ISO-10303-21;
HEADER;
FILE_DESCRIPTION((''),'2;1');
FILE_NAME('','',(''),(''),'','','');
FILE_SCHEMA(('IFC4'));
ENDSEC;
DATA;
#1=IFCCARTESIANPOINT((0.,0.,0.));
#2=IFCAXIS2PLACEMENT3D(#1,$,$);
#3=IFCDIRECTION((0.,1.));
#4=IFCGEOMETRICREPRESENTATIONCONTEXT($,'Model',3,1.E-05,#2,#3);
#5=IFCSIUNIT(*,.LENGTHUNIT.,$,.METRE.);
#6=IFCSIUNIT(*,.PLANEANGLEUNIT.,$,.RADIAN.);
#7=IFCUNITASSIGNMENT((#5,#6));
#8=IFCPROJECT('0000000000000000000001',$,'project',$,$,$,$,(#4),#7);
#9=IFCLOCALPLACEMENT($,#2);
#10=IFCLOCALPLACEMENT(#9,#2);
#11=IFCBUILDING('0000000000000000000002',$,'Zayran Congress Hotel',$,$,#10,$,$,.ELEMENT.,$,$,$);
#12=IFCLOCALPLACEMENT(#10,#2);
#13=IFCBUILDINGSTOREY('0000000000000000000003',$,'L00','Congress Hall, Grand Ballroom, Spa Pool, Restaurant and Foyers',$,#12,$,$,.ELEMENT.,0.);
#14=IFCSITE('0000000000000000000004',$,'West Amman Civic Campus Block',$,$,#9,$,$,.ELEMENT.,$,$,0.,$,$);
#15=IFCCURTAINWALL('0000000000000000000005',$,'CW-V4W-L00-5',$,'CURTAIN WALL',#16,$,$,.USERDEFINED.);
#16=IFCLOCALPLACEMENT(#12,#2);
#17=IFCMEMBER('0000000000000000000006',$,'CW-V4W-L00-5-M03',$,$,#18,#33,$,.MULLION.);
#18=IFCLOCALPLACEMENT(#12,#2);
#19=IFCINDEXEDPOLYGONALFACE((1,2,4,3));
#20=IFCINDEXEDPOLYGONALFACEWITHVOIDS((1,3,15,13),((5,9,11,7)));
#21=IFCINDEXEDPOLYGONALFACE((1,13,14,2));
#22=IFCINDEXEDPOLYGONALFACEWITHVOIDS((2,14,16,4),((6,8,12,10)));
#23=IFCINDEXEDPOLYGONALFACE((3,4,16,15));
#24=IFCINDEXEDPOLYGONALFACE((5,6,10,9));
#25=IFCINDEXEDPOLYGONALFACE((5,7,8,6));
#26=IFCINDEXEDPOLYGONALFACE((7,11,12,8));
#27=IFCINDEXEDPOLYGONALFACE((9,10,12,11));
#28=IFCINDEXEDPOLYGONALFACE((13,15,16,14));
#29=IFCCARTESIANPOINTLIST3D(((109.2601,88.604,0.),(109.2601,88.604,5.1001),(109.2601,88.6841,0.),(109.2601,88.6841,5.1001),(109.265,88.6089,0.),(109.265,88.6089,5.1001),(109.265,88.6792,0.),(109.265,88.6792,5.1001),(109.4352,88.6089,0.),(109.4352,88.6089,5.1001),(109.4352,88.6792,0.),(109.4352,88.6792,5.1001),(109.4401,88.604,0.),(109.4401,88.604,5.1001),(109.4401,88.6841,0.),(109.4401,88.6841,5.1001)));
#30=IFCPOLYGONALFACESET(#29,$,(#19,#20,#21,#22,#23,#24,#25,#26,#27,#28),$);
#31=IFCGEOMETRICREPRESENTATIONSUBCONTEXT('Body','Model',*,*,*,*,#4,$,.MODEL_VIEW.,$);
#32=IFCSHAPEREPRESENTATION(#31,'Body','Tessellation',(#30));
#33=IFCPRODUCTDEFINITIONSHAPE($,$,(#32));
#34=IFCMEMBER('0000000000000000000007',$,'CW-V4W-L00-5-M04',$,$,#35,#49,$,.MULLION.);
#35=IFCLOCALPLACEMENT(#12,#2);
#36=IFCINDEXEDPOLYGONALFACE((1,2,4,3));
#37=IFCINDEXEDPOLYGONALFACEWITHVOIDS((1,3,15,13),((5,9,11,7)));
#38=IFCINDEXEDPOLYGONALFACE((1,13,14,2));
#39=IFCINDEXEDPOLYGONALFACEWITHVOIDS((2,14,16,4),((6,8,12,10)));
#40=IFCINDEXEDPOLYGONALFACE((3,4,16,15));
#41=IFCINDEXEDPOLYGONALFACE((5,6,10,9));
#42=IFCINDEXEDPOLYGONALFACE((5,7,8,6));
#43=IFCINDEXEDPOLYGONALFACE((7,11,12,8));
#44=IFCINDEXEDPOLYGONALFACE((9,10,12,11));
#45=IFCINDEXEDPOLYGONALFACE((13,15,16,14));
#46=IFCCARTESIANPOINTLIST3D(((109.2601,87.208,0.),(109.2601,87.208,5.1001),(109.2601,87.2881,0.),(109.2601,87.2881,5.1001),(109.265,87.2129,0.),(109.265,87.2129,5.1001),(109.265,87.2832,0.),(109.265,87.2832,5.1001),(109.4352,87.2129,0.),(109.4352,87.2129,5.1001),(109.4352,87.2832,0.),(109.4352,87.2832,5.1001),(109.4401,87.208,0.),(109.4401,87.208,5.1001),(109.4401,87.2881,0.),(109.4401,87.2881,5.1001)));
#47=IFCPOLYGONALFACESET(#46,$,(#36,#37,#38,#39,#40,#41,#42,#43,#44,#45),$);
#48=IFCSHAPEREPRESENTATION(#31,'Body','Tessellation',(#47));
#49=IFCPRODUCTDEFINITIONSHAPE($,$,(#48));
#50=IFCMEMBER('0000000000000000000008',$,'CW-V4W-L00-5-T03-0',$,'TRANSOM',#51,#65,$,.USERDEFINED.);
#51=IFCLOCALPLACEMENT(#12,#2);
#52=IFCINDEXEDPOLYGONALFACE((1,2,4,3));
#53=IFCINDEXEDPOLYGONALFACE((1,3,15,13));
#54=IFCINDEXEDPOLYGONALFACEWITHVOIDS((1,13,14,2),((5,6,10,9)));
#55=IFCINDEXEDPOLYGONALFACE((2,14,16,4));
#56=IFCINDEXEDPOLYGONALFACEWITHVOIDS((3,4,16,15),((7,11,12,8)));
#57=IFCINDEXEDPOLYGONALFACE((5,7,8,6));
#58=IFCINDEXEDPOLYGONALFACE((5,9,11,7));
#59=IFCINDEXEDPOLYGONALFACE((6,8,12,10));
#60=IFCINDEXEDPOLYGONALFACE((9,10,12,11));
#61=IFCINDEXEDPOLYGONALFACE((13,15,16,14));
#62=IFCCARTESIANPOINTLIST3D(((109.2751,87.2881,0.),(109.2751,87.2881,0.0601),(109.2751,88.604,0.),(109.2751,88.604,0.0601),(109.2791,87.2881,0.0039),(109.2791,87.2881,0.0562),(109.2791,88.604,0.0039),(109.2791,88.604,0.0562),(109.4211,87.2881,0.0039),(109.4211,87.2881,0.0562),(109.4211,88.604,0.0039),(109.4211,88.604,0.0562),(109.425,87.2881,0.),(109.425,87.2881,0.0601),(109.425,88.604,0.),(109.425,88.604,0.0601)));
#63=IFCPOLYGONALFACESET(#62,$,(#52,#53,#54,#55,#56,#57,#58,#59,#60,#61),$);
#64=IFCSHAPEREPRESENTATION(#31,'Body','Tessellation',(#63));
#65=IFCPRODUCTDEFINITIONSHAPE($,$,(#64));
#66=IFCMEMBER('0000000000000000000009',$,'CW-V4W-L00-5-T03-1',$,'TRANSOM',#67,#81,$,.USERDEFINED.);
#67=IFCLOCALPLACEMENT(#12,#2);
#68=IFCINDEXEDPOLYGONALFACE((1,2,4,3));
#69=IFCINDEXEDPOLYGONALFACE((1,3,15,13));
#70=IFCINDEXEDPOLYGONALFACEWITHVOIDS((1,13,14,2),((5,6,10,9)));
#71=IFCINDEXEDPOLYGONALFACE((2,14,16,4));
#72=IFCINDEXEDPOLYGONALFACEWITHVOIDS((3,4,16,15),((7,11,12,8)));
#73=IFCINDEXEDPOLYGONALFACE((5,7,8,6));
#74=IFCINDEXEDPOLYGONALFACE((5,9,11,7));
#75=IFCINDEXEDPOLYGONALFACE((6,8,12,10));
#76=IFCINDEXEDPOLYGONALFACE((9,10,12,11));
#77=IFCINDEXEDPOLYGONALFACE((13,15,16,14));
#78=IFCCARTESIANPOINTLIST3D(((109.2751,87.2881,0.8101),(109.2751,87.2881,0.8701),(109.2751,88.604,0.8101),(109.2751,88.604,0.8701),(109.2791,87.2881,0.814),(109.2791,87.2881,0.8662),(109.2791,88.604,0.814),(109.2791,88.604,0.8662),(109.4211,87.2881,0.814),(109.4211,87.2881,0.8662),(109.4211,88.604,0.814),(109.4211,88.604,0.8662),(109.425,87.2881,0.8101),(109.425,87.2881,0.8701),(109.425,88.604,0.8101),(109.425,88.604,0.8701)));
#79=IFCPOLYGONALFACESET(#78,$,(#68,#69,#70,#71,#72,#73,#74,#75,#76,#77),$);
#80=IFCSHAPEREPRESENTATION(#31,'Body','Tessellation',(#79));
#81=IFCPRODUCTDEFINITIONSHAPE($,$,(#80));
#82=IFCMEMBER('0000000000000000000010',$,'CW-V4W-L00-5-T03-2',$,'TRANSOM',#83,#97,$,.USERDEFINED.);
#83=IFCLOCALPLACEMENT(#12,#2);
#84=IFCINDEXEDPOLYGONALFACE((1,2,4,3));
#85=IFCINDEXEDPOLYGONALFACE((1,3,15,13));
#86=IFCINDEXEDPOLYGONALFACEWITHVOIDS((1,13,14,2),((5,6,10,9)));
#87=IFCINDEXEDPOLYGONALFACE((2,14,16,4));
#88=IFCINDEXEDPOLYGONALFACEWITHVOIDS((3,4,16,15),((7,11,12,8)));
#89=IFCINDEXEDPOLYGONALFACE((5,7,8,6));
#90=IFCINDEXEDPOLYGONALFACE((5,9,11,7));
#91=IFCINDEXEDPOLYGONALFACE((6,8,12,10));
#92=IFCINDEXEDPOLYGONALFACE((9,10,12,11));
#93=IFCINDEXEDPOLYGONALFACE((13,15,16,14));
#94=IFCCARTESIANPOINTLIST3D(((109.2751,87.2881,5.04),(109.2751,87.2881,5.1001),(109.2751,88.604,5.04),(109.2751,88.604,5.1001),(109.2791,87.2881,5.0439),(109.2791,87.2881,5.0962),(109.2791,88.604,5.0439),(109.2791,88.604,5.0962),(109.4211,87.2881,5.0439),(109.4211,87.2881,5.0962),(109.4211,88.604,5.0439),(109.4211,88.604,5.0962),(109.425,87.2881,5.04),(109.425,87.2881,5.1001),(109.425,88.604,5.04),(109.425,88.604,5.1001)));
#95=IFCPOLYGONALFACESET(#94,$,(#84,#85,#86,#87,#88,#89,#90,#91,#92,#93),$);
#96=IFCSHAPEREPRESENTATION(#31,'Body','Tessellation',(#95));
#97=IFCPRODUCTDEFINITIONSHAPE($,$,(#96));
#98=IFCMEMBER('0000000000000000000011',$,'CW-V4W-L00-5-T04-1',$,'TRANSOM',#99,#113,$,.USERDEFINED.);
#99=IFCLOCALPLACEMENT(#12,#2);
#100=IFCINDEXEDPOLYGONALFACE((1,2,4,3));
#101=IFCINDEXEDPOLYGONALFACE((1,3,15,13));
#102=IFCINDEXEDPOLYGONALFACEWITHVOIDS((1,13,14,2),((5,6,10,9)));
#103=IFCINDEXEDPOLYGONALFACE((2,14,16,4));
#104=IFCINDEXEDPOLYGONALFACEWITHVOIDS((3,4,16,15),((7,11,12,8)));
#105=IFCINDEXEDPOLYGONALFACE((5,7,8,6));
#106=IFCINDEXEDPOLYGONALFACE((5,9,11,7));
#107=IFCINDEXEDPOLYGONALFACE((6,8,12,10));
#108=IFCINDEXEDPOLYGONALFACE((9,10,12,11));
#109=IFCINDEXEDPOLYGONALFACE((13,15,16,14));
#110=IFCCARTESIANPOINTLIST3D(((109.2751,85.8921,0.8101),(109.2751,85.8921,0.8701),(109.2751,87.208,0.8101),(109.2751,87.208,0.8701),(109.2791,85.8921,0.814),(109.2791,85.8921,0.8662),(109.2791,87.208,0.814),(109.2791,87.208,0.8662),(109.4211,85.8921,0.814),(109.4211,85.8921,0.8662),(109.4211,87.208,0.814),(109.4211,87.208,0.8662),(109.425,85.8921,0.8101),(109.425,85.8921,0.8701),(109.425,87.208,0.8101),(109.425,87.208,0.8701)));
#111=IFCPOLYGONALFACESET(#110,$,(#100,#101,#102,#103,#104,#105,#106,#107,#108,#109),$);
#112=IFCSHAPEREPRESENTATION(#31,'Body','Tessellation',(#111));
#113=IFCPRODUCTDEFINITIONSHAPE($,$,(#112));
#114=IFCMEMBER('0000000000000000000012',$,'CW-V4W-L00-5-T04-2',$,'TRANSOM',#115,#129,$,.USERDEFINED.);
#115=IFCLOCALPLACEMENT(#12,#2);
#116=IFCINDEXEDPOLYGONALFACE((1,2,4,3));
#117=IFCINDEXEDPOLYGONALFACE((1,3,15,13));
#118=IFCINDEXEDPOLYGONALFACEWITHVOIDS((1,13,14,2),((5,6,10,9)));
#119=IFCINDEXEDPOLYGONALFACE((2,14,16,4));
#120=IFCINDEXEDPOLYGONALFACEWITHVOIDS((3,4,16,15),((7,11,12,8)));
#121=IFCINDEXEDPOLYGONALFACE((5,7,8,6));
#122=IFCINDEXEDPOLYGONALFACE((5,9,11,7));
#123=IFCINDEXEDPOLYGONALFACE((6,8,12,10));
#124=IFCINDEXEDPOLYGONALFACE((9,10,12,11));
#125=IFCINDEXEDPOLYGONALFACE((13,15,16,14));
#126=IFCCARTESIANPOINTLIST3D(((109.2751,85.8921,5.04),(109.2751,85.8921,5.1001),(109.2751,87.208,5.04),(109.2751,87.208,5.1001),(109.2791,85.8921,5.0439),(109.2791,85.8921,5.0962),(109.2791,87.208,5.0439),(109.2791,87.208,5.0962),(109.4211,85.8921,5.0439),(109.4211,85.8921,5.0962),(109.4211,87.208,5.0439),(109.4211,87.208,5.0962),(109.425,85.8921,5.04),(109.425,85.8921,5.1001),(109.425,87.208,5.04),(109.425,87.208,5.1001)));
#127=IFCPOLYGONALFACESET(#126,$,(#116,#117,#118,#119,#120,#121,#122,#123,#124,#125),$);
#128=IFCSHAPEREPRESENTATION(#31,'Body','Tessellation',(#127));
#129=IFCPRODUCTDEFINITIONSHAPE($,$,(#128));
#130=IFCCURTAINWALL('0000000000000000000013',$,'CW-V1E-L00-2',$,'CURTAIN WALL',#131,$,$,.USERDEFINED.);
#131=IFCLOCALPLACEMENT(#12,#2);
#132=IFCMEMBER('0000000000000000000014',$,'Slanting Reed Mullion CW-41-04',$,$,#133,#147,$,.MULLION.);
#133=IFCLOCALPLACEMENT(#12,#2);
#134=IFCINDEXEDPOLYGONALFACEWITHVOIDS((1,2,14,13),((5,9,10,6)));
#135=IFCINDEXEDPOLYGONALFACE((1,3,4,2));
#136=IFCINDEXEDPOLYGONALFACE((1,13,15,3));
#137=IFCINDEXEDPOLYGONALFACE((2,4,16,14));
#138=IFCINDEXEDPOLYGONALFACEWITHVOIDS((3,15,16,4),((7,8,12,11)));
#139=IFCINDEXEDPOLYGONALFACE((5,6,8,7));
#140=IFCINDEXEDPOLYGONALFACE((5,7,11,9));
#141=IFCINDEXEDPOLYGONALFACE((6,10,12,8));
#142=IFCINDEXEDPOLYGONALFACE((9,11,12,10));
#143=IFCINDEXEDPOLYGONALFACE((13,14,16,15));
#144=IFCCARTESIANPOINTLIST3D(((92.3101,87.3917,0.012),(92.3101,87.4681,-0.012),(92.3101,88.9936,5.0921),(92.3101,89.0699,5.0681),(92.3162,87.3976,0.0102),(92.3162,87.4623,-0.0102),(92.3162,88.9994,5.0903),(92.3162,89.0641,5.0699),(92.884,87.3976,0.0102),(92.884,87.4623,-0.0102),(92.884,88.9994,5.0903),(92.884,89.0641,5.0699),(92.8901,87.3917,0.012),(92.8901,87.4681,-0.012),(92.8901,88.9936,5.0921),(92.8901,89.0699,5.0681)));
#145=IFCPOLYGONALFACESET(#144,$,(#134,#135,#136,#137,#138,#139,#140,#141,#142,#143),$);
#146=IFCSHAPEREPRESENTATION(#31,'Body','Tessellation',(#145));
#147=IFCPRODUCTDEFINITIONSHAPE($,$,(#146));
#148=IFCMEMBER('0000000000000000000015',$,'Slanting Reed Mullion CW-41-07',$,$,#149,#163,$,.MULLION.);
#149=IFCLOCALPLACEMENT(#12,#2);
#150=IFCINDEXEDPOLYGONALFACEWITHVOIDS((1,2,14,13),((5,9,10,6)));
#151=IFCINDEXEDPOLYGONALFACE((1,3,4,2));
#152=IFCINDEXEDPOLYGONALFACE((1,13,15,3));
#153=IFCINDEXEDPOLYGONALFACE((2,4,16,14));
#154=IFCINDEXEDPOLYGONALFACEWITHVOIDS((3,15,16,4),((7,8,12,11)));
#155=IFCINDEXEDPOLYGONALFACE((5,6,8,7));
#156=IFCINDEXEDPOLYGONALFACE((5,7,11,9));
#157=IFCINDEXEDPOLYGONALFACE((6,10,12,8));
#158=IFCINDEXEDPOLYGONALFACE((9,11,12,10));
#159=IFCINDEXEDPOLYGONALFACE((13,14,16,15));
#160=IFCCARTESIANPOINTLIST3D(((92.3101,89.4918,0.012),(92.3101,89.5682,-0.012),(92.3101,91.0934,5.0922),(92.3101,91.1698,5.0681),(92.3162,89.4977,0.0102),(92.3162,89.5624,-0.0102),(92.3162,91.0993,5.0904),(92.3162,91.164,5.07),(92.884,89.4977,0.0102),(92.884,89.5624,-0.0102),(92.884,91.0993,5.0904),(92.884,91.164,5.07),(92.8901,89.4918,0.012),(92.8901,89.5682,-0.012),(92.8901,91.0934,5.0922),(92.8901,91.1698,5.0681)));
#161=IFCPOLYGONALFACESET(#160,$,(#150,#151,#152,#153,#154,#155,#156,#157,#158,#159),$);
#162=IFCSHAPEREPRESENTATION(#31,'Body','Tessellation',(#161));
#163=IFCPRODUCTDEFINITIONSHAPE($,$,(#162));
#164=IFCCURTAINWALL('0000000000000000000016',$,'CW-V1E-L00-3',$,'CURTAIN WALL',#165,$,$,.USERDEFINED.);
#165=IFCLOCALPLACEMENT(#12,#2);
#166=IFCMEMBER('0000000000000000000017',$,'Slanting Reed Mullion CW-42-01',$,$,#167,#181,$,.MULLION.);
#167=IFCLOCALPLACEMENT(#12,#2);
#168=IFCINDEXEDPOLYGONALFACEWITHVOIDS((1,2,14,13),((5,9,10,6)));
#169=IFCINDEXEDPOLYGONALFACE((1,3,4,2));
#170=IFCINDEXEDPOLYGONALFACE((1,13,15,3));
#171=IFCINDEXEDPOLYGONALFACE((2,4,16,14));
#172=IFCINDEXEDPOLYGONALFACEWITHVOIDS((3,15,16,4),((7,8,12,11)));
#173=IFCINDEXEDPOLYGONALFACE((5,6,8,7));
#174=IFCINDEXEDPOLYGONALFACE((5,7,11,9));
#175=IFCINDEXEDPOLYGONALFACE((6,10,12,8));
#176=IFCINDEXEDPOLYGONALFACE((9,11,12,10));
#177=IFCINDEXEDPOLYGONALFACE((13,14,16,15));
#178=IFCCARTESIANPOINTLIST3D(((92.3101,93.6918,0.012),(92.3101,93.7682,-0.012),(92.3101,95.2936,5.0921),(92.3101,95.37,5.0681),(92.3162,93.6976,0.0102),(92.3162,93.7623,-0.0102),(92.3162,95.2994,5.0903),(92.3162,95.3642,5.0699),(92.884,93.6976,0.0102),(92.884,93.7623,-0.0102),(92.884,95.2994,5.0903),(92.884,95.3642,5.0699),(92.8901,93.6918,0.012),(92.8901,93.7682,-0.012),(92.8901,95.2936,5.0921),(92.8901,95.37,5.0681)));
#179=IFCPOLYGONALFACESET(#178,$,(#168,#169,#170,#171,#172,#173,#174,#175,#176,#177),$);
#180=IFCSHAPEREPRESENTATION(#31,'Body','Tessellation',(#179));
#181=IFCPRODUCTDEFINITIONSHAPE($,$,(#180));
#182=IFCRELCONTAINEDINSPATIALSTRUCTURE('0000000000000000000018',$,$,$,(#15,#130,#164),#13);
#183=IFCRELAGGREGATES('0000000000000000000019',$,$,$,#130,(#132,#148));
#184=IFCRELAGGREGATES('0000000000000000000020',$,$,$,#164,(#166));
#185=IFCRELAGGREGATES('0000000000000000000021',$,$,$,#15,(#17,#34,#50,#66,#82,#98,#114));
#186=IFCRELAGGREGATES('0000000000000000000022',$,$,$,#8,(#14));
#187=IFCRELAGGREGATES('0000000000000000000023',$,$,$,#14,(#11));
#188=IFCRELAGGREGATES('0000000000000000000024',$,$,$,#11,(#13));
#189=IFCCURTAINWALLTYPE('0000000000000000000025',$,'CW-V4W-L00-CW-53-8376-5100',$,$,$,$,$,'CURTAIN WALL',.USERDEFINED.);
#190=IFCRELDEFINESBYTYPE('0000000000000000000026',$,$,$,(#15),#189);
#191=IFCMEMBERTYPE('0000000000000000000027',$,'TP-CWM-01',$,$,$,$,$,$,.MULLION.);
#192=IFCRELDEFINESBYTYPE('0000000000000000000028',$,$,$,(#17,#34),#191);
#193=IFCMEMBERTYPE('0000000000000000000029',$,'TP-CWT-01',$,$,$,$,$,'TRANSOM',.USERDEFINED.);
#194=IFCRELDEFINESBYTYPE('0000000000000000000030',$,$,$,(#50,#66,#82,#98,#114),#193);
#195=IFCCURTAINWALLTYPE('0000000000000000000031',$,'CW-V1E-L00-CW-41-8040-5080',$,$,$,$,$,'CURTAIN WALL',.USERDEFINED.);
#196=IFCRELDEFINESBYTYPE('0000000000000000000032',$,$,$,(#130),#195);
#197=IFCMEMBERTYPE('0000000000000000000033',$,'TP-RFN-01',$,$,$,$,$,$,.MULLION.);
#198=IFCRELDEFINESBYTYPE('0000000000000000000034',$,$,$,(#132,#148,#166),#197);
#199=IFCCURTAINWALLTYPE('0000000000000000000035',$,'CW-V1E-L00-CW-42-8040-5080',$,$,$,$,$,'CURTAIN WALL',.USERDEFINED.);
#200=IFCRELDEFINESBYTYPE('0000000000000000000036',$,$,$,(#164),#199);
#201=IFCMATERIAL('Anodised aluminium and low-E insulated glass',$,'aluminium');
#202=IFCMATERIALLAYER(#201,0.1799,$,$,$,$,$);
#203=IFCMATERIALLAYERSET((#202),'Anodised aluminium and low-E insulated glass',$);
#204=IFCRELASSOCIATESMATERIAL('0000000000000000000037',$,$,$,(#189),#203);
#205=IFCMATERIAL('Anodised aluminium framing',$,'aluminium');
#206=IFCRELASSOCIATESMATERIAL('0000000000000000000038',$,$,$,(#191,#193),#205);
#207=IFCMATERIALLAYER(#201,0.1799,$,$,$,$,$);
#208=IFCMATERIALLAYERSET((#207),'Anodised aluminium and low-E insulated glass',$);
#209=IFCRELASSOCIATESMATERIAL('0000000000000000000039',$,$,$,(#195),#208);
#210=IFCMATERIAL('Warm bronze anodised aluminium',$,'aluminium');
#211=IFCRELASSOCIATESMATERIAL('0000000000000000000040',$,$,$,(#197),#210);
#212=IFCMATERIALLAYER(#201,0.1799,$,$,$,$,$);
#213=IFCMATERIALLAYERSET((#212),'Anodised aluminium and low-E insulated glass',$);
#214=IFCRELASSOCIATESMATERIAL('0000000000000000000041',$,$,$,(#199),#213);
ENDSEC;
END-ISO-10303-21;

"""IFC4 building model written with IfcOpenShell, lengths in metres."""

from ifc_helpers import new_model, si_unit, direction, frame, origin, origin_2d, place, context, subcontext, project, spatial, hollow_rectangle, extrude, material, layer, layer_set, material_profile, profile_set, type_object, element, aggregate, save


model = new_model("IFC4")

# Units and contexts
model_context = context("Model", 3, precision=1e-05, world=origin(), true_north=direction((0.0, 1.0)))
body_context = subcontext(model_context, "Body", "Model", "MODEL_VIEW")
ifc_project = project(units=[si_unit("LENGTHUNIT", "METRE"), si_unit("PLANEANGLEUNIT", "RADIAN")], contexts=[model_context])

# Site, building, storey
site_placement = place(None, origin())
site = spatial("IfcSite", under=ifc_project, at=site_placement, Name="West Amman Civic Campus Block", CompositionType="ELEMENT", RefElevation=0.0)
building_placement = place(site_placement, origin())
building = spatial("IfcBuilding", under=site, at=building_placement, Name="Zayran Congress Hotel", CompositionType="ELEMENT")
storey_placement = place(building_placement, origin())
storey = spatial("IfcBuildingStorey", under=building, at=storey_placement, Name="L00", Description="Congress Hall, Grand Ballroom, Spa Pool, Restaurant and Foyers", CompositionType="ELEMENT", Elevation=0.0)

# Curtain walls, members
ifc_material_1 = material(Name="Anodised aluminium and low-E insulated glass", Category="aluminium")
ifc_layer_1 = layer(ifc_material_1, 0.1799)
ifc_layer_set_1 = layer_set([ifc_layer_1], Name="Anodised aluminium and low-E insulated glass")
curtain_wall_type_1 = type_object("IfcCurtainWallType", Name="CW-V4W-L00-CW-53-8376-5100", ElementType="CURTAIN WALL", PredefinedType="USERDEFINED", material=ifc_layer_set_1)
curtain_wall_1_placement = place(storey_placement, origin())
curtain_wall_1 = element("IfcCurtainWall", 1, at=curtain_wall_1_placement, inside=storey, type_object=curtain_wall_type_1, Name="CW-V4W-L00-5", ObjectType="CURTAIN WALL", PredefinedType="USERDEFINED")
ifc_material_2 = material(Name="Anodised aluminium framing", Category="aluminium")
ifc_material_profile_1 = material_profile(ifc_material_2, hollow_rectangle(XDim=0.0801, YDim=0.1799, WallThickness=0.0049, at=origin_2d()), Name="RHS 180x80x5")
ifc_profile_set_1 = profile_set([ifc_material_profile_1], Name="Anodised aluminium framing")
member_type_1 = type_object("IfcMemberType", Name="TP-CWM-01", PredefinedType="MULLION", material=ifc_profile_set_1)
member_1_placement = place(storey_placement, frame((109.3501, 88.644, 0.0), z_axis=(0.0, 0.0, 1.0), x_axis=(0.0, 1.0, 0.0)))
member_1 = element("IfcMember", 2, at=member_1_placement, type_object=member_type_1, Name="CW-V4W-L00-5-M03", PredefinedType="MULLION", context=body_context, shape_type="SweptSolid", body=[
    extrude(hollow_rectangle(XDim=0.0801, YDim=0.1799, WallThickness=0.0049, at=origin_2d()), origin(), (0.0, 0.0, 1.0), 5.1001),
])
member_2_placement = place(storey_placement, frame((109.3501, 87.248, 0.0), z_axis=(0.0, 0.0, 1.0), x_axis=(0.0, 1.0, 0.0)))
member_2 = element("IfcMember", 3, at=member_2_placement, type_object=member_type_1, Name="CW-V4W-L00-5-M04", PredefinedType="MULLION", context=body_context, shape_type="SweptSolid", body=[
    extrude(hollow_rectangle(XDim=0.0801, YDim=0.1799, WallThickness=0.0049, at=origin_2d()), origin(), (0.0, 0.0, 1.0), 5.1001),
])
ifc_material_profile_2 = material_profile(ifc_material_2, hollow_rectangle(XDim=0.0601, YDim=0.1499, WallThickness=0.0039, at=origin_2d()), Name="RHS 150x60x4")
ifc_profile_set_2 = profile_set([ifc_material_profile_2], Name="Anodised aluminium framing")
member_type_2 = type_object("IfcMemberType", Name="TP-CWT-01", ElementType="TRANSOM", PredefinedType="USERDEFINED", material=ifc_profile_set_2)
member_3_placement = place(storey_placement, frame((109.3501, 88.604, 0.03), z_axis=(0.0, -1.0, 0.0), x_axis=(0.0, 0.0, 1.0)))
member_3 = element("IfcMember", 4, at=member_3_placement, type_object=member_type_2, Name="CW-V4W-L00-5-T03-0", ObjectType="TRANSOM", PredefinedType="USERDEFINED", context=body_context, shape_type="SweptSolid", body=[
    extrude(hollow_rectangle(XDim=0.0601, YDim=0.1499, WallThickness=0.0039, at=origin_2d()), origin(), (0.0, 0.0, 1.0), 1.3159),
])
member_4_placement = place(storey_placement, frame((109.3501, 88.604, 0.8401), z_axis=(0.0, -1.0, 0.0), x_axis=(0.0, 0.0, 1.0)))
member_4 = element("IfcMember", 5, at=member_4_placement, type_object=member_type_2, Name="CW-V4W-L00-5-T03-1", ObjectType="TRANSOM", PredefinedType="USERDEFINED", context=body_context, shape_type="SweptSolid", body=[
    extrude(hollow_rectangle(XDim=0.0601, YDim=0.1499, WallThickness=0.0039, at=origin_2d()), origin(), (0.0, 0.0, 1.0), 1.3159),
])
member_5_placement = place(storey_placement, frame((109.3501, 88.604, 5.0701), z_axis=(0.0, -1.0, 0.0), x_axis=(0.0, 0.0, 1.0)))
member_5 = element("IfcMember", 6, at=member_5_placement, type_object=member_type_2, Name="CW-V4W-L00-5-T03-2", ObjectType="TRANSOM", PredefinedType="USERDEFINED", context=body_context, shape_type="SweptSolid", body=[
    extrude(hollow_rectangle(XDim=0.0601, YDim=0.1499, WallThickness=0.0039, at=origin_2d()), origin(), (0.0, 0.0, 1.0), 1.3159),
])
member_6_placement = place(storey_placement, frame((109.3501, 87.208, 0.8401), z_axis=(0.0, -1.0, 0.0), x_axis=(0.0, 0.0, 1.0)))
member_6 = element("IfcMember", 7, at=member_6_placement, type_object=member_type_2, Name="CW-V4W-L00-5-T04-1", ObjectType="TRANSOM", PredefinedType="USERDEFINED", context=body_context, shape_type="SweptSolid", body=[
    extrude(hollow_rectangle(XDim=0.0601, YDim=0.1499, WallThickness=0.0039, at=origin_2d()), origin(), (0.0, 0.0, 1.0), 1.3159),
])
member_7_placement = place(storey_placement, frame((109.3501, 87.208, 5.0701), z_axis=(0.0, -1.0, 0.0), x_axis=(0.0, 0.0, 1.0)))
member_7 = element("IfcMember", 8, at=member_7_placement, type_object=member_type_2, Name="CW-V4W-L00-5-T04-2", ObjectType="TRANSOM", PredefinedType="USERDEFINED", context=body_context, shape_type="SweptSolid", body=[
    extrude(hollow_rectangle(XDim=0.0601, YDim=0.1499, WallThickness=0.0039, at=origin_2d()), origin(), (0.0, 0.0, 1.0), 1.3159),
])
ifc_layer_2 = layer(ifc_material_1, 0.1799)
ifc_layer_set_2 = layer_set([ifc_layer_2], Name="Anodised aluminium and low-E insulated glass")
curtain_wall_type_2 = type_object("IfcCurtainWallType", Name="CW-V1E-L00-CW-41-8040-5080", ElementType="CURTAIN WALL", PredefinedType="USERDEFINED", material=ifc_layer_set_2)
curtain_wall_2_placement = place(storey_placement, origin())
curtain_wall_2 = element("IfcCurtainWall", 9, at=curtain_wall_2_placement, inside=storey, type_object=curtain_wall_type_2, Name="CW-V1E-L00-2", ObjectType="CURTAIN WALL", PredefinedType="USERDEFINED")
ifc_material_3 = material(Name="Warm bronze anodised aluminium", Category="aluminium")
ifc_material_profile_3 = material_profile(ifc_material_3, hollow_rectangle(XDim=0.0801, YDim=0.5801, WallThickness=0.0061, at=origin_2d()), Name="RHS 580x80x6")
ifc_profile_set_3 = profile_set([ifc_material_profile_3], Name="Warm bronze anodised aluminium")
member_type_3 = type_object("IfcMemberType", Name="TP-RFN-01", PredefinedType="MULLION", material=ifc_profile_set_3)
member_8_placement = place(storey_placement, frame((92.6001, 87.4299, 0.0), z_axis=(0.0, 0.300717, 0.953713), x_axis=(0.0, -0.953713, 0.300717)))
member_8 = element("IfcMember", 10, at=member_8_placement, type_object=member_type_3, Name="Slanting Reed Mullion CW-41-04", PredefinedType="MULLION", context=body_context, shape_type="SweptSolid", body=[
    extrude(hollow_rectangle(XDim=0.0801, YDim=0.5801, WallThickness=0.0061, at=origin_2d()), origin(), (0.0, 0.0, 1.0), 5.3267),
])
member_9_placement = place(storey_placement, frame((92.6001, 89.53, 0.0), z_axis=(0.0, 0.300675, 0.953727), x_axis=(0.0, -0.953727, 0.300675)))
member_9 = element("IfcMember", 11, at=member_9_placement, type_object=member_type_3, Name="Slanting Reed Mullion CW-41-07", PredefinedType="MULLION", context=body_context, shape_type="SweptSolid", body=[
    extrude(hollow_rectangle(XDim=0.0801, YDim=0.5801, WallThickness=0.0061, at=origin_2d()), origin(), (0.0, 0.0, 1.0), 5.3267),
])
ifc_layer_3 = layer(ifc_material_1, 0.1799)
ifc_layer_set_3 = layer_set([ifc_layer_3], Name="Anodised aluminium and low-E insulated glass")
curtain_wall_type_3 = type_object("IfcCurtainWallType", Name="CW-V1E-L00-CW-42-8040-5080", ElementType="CURTAIN WALL", PredefinedType="USERDEFINED", material=ifc_layer_set_3)
curtain_wall_3_placement = place(storey_placement, origin())
curtain_wall_3 = element("IfcCurtainWall", 12, at=curtain_wall_3_placement, inside=storey, type_object=curtain_wall_type_3, Name="CW-V1E-L00-3", ObjectType="CURTAIN WALL", PredefinedType="USERDEFINED")
member_10_placement = place(storey_placement, frame((92.6001, 93.73, 0.0), z_axis=(0.0, 0.300717, 0.953713), x_axis=(0.0, -0.953713, 0.300717)))
member_10 = element("IfcMember", 13, at=member_10_placement, type_object=member_type_3, Name="Slanting Reed Mullion CW-42-01", PredefinedType="MULLION", context=body_context, shape_type="SweptSolid", body=[
    extrude(hollow_rectangle(XDim=0.0801, YDim=0.5801, WallThickness=0.0061, at=origin_2d()), origin(), (0.0, 0.0, 1.0), 5.3267),
])

aggregate(curtain_wall_2, [member_8, member_9])
aggregate(curtain_wall_3, [member_10])

aggregate(curtain_wall_1, [member_1, member_2, member_3, member_4, member_5, member_6, member_7])

save(model, "model.ifc")
